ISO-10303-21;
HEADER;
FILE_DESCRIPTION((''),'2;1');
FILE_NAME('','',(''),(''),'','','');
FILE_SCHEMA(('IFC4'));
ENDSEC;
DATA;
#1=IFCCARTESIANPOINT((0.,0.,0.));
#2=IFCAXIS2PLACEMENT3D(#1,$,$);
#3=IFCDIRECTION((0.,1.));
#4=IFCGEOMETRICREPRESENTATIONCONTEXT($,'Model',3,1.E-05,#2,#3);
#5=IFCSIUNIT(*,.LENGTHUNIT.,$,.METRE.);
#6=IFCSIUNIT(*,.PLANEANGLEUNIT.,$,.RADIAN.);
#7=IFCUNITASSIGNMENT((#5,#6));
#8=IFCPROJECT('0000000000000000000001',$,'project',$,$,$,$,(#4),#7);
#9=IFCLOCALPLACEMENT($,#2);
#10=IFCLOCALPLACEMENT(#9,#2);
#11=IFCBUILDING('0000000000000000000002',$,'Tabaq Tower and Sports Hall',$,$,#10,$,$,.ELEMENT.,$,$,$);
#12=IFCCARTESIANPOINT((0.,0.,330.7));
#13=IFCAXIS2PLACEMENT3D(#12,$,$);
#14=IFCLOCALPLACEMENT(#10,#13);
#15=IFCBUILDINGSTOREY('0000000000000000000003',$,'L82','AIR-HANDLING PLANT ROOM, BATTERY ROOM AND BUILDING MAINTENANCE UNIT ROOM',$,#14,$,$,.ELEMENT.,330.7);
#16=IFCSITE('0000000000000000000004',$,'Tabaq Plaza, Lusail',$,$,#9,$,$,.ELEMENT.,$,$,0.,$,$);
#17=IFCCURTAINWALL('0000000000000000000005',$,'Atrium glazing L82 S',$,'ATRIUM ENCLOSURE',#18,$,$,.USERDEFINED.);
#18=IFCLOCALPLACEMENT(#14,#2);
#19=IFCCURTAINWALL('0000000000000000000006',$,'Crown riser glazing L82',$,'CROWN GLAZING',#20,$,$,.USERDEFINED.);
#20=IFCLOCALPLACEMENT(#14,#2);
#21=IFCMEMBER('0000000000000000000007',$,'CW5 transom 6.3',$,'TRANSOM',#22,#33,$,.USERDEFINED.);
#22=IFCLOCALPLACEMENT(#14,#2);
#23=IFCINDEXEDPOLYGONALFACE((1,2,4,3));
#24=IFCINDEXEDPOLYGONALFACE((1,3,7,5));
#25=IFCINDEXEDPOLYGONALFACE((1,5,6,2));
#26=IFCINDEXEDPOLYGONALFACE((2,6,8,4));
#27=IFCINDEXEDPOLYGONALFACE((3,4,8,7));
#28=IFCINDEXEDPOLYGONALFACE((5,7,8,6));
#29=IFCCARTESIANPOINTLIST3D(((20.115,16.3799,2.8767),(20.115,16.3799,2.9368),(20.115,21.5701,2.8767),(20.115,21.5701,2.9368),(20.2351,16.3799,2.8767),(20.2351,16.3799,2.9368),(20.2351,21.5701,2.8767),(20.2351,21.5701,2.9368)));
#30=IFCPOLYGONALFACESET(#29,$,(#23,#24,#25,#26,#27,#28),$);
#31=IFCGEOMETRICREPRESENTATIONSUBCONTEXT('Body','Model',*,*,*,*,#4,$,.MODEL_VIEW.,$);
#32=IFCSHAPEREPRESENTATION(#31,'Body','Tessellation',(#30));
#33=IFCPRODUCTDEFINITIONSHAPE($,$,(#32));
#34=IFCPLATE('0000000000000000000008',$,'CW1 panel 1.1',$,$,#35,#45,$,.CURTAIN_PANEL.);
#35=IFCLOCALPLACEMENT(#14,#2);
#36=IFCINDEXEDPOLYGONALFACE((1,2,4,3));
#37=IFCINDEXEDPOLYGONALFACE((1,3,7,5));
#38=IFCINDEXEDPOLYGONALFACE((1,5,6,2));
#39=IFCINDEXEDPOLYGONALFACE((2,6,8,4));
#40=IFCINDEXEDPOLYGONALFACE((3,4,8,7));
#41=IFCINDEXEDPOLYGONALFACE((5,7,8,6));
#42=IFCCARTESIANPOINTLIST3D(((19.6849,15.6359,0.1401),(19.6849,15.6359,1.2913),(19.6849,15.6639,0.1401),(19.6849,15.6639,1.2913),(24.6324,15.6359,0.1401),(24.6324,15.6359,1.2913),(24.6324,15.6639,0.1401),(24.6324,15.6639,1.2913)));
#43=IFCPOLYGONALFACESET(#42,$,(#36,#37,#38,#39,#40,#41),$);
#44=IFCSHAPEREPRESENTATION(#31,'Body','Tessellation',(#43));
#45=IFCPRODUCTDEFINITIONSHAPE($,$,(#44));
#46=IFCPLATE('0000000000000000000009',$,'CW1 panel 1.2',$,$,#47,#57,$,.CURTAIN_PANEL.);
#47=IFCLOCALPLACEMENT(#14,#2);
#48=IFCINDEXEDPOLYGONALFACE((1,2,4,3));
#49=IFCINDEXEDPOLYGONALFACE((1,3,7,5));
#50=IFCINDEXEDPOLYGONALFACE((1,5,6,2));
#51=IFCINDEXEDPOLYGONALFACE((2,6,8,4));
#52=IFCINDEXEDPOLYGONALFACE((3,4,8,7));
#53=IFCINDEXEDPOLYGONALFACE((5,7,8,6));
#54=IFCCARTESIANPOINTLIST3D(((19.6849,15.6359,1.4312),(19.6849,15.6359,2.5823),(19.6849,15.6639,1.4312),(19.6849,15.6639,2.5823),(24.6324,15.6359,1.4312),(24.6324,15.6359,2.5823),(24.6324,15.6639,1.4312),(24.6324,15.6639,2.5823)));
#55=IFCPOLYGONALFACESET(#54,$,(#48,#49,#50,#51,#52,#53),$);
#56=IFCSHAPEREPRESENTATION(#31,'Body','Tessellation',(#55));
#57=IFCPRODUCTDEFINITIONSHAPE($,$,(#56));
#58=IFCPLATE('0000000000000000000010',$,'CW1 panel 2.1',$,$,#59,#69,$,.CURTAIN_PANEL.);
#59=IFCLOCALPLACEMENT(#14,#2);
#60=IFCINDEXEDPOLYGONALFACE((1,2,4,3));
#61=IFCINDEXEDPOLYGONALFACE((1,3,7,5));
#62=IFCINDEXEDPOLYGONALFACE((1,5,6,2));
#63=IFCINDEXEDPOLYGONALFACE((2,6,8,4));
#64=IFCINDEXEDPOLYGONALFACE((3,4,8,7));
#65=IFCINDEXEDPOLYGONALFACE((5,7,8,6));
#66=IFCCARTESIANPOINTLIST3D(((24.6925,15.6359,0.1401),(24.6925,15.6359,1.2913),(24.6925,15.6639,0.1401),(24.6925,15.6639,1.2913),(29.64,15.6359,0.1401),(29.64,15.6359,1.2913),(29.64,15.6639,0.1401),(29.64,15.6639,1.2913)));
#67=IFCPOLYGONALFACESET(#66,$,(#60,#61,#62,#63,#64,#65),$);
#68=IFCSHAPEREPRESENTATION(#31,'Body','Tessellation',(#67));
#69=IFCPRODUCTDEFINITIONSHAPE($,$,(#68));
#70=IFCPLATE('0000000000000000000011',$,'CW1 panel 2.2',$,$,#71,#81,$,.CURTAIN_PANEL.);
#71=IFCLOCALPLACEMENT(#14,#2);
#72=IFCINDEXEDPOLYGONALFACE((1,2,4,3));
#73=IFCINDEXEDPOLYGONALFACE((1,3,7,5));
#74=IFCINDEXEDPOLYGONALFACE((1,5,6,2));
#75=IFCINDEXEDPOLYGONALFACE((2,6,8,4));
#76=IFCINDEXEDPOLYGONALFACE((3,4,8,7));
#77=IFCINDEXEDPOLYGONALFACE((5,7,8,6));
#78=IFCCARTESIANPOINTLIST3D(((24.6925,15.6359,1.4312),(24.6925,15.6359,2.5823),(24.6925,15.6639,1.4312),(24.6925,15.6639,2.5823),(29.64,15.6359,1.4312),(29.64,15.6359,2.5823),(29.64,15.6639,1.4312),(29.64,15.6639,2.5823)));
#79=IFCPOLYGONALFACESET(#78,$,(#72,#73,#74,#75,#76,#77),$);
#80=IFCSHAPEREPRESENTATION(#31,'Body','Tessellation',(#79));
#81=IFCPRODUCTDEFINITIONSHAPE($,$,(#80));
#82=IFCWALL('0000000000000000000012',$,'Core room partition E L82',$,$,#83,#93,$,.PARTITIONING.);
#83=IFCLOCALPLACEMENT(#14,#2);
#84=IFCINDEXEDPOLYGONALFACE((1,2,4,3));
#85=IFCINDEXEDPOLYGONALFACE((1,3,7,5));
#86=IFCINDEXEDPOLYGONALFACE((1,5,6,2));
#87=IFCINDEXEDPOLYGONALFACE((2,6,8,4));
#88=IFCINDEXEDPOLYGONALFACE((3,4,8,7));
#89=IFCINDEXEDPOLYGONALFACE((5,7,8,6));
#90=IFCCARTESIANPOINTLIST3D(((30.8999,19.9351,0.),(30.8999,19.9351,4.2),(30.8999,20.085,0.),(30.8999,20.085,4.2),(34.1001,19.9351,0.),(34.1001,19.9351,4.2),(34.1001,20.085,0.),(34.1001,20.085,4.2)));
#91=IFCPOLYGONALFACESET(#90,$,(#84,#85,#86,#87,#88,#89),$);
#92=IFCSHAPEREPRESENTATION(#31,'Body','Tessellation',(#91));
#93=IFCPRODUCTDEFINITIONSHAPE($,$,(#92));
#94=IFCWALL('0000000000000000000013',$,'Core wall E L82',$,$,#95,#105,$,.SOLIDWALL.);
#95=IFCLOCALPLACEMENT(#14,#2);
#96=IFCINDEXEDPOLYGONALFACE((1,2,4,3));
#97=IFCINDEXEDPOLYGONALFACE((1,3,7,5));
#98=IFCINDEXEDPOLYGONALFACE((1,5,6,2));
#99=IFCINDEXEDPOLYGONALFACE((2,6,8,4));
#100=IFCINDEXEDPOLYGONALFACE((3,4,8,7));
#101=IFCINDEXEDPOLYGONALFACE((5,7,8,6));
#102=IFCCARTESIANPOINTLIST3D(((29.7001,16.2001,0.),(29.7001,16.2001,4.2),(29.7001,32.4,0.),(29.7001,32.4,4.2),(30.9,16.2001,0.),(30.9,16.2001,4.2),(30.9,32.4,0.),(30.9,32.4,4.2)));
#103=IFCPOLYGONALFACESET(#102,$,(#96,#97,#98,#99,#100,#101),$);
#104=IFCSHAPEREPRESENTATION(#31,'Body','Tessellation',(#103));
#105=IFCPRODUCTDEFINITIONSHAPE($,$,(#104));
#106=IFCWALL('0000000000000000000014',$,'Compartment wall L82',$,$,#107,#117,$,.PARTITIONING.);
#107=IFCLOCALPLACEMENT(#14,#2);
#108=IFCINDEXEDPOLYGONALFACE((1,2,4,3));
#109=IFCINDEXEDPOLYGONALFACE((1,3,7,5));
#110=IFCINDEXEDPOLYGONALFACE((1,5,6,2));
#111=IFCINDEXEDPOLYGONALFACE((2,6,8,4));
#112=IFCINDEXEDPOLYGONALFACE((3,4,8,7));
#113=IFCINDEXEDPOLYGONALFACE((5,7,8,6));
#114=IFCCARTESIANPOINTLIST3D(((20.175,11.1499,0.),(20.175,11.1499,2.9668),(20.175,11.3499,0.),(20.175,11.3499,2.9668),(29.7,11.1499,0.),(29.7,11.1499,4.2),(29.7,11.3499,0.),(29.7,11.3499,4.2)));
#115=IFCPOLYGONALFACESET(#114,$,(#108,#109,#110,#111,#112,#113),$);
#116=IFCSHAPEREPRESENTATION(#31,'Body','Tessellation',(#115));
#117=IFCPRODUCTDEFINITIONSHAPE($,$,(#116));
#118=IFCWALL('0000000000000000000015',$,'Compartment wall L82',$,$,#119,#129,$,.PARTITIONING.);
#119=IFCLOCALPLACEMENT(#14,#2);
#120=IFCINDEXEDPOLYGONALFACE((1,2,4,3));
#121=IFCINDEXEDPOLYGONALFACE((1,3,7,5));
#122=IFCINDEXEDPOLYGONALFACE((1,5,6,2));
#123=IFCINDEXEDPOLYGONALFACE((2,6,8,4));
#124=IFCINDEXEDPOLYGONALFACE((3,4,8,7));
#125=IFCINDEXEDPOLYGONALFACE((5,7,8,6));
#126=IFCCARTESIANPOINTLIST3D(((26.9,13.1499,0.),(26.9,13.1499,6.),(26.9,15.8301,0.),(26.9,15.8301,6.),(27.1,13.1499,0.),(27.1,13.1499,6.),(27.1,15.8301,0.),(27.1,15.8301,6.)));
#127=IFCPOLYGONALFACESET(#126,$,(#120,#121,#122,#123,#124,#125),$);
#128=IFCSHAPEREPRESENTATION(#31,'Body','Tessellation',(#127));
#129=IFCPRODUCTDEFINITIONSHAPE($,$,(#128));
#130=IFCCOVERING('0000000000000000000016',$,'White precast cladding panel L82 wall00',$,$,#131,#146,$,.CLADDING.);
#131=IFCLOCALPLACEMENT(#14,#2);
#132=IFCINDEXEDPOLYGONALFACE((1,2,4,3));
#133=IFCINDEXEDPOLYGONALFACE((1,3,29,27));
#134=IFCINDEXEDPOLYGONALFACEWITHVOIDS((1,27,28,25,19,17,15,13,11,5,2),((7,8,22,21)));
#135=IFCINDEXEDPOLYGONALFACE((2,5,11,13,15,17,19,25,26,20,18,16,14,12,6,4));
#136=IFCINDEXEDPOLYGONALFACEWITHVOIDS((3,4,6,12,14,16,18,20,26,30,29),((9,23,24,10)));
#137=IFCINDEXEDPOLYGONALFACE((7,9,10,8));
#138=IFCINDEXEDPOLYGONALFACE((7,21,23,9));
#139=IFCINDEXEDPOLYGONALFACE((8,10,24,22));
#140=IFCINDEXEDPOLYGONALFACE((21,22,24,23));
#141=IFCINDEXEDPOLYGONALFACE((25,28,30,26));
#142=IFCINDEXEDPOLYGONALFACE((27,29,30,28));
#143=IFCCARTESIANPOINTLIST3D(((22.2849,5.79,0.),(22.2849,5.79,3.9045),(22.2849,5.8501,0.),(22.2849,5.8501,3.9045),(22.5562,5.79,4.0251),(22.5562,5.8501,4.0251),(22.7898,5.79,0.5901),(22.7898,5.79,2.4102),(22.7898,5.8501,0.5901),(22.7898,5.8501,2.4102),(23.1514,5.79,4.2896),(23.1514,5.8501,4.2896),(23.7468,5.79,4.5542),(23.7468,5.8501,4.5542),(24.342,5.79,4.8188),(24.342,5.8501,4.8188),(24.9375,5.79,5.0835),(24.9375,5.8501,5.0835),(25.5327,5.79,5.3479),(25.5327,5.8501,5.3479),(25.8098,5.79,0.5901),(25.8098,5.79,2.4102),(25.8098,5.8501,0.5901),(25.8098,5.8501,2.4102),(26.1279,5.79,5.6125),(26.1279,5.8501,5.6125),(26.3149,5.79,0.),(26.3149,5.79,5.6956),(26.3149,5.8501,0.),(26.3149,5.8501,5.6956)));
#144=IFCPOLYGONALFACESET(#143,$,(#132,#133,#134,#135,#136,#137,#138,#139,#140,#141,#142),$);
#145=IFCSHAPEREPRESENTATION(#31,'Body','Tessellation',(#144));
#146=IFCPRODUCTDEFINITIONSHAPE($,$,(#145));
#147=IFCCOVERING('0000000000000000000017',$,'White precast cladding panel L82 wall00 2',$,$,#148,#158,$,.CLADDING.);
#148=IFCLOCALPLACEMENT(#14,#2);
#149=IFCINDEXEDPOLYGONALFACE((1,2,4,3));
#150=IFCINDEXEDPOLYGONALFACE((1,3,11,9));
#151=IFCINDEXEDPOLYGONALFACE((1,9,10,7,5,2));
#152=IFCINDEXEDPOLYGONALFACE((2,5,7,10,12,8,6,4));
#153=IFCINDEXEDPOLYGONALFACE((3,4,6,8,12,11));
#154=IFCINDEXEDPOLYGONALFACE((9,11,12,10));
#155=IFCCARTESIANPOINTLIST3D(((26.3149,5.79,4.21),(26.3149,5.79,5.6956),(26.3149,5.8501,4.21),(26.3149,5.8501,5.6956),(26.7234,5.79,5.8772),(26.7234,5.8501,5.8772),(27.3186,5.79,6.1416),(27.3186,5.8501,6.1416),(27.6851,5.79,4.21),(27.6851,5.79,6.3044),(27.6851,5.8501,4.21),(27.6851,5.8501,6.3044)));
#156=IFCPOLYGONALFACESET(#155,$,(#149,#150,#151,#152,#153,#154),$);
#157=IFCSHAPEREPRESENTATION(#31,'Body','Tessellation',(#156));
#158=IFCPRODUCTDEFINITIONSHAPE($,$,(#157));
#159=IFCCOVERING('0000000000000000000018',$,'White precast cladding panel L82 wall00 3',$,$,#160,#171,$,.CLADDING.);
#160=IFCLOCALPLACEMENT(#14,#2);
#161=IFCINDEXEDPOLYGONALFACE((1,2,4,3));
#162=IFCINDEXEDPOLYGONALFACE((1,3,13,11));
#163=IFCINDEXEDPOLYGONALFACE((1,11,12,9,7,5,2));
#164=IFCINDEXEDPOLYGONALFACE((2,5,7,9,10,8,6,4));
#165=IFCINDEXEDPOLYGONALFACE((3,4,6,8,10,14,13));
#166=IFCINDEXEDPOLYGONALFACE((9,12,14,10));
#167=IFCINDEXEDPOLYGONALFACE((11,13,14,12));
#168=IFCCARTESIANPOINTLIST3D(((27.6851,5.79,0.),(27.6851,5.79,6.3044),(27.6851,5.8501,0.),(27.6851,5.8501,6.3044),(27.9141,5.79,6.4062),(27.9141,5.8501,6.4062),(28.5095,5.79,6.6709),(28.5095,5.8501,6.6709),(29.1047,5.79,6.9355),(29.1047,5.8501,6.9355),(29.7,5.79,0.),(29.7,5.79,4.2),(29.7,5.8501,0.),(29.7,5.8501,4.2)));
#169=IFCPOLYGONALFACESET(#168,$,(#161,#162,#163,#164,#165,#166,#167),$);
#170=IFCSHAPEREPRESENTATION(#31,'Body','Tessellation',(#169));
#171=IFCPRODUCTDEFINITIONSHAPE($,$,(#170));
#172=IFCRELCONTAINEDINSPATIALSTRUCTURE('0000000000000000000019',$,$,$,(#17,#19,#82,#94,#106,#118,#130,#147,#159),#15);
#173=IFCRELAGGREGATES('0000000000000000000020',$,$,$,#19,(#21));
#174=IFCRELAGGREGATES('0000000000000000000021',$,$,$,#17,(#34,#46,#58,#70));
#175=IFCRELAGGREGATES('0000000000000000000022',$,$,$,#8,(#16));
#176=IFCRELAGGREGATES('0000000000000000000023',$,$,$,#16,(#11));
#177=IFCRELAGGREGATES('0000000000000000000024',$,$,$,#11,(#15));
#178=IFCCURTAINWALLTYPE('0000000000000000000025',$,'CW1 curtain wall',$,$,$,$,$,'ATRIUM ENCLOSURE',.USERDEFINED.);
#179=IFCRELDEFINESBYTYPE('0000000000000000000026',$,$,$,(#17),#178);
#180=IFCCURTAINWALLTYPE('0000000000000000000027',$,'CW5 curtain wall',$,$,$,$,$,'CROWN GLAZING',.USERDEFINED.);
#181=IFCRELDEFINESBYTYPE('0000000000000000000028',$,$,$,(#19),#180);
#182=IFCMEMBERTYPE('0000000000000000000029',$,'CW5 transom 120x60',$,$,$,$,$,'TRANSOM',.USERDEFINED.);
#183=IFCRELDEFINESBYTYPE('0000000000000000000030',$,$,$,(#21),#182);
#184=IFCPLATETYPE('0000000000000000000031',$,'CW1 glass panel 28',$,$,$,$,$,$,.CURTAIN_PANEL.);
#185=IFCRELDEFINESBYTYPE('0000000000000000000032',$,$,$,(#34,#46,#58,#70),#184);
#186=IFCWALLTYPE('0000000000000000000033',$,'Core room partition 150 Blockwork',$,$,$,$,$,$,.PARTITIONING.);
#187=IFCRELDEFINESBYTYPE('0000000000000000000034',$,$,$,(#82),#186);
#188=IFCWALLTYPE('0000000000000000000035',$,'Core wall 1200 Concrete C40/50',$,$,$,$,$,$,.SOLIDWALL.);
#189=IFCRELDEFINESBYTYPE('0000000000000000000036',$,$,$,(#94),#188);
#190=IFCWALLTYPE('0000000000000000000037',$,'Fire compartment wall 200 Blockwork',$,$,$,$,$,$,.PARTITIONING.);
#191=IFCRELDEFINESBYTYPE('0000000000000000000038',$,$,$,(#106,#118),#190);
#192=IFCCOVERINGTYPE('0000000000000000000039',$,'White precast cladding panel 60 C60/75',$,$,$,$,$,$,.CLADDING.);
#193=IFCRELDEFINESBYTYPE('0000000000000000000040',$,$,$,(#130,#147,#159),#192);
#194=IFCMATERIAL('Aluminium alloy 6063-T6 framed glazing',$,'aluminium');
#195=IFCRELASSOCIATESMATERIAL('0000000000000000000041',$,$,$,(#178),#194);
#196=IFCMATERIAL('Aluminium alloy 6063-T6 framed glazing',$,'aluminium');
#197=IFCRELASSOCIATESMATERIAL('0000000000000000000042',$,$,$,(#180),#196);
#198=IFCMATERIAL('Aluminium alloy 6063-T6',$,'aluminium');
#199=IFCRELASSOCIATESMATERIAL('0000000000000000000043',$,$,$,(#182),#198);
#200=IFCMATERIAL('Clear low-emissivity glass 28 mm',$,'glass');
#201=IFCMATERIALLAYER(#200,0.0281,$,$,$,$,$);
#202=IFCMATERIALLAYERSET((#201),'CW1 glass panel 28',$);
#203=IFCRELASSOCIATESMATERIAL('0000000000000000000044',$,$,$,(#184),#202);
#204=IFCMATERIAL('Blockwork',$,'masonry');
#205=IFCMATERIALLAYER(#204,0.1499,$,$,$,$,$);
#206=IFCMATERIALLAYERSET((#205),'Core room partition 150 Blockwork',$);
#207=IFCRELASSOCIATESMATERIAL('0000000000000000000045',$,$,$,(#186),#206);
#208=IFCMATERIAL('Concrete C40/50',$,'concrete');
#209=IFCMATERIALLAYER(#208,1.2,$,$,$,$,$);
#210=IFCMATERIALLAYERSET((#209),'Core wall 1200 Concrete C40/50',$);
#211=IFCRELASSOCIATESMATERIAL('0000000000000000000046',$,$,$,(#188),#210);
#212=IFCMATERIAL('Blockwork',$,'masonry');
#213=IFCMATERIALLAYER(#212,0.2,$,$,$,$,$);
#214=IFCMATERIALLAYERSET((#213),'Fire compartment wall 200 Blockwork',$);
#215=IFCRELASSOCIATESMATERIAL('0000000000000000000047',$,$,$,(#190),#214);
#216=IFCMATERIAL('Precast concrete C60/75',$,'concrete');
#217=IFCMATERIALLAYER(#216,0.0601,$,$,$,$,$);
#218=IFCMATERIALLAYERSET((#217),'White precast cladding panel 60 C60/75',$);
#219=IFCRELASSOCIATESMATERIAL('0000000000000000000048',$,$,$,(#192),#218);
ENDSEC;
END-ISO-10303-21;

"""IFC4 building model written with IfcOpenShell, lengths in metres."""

from ifc_helpers import new_model, si_unit, direction, frame, frame_2d, origin, origin_2d, place, context, subcontext, project, spatial, polyline, rectangle, outline, extrude, material, layer, layer_set, material_profile, profile_set, type_object, element, aggregate, save


model = new_model("IFC4")

# Units and contexts
model_context = context("Model", 3, precision=1e-05, world=origin(), true_north=direction((0.0, 1.0)))
body_context = subcontext(model_context, "Body", "Model", "MODEL_VIEW")
ifc_project = project(units=[si_unit("LENGTHUNIT", "METRE"), si_unit("PLANEANGLEUNIT", "RADIAN")], contexts=[model_context])

# Site, building, storey
site_placement = place(None, origin())
site = spatial("IfcSite", under=ifc_project, at=site_placement, Name="Tabaq Plaza, Lusail", CompositionType="ELEMENT", RefElevation=0.0)
building_placement = place(site_placement, origin())
building = spatial("IfcBuilding", under=site, at=building_placement, Name="Tabaq Tower and Sports Hall", CompositionType="ELEMENT")
storey_placement = place(building_placement, frame((0.0, 0.0, 330.7)))
storey = spatial("IfcBuildingStorey", under=building, at=storey_placement, Name="L82", Description="AIR-HANDLING PLANT ROOM, BATTERY ROOM AND BUILDING MAINTENANCE UNIT ROOM", CompositionType="ELEMENT", Elevation=330.7)

# Curtain walls, member
ifc_material_1 = material(Name="Aluminium alloy 6063-T6 framed glazing", Category="aluminium")
curtain_wall_type_1 = type_object("IfcCurtainWallType", Name="CW1 curtain wall", ElementType="ATRIUM ENCLOSURE", PredefinedType="USERDEFINED", material=ifc_material_1)
curtain_wall_1_placement = place(storey_placement, origin())
curtain_wall_1 = element("IfcCurtainWall", 1, at=curtain_wall_1_placement, inside=storey, type_object=curtain_wall_type_1, Name="Atrium glazing L82 S", ObjectType="ATRIUM ENCLOSURE", PredefinedType="USERDEFINED")
ifc_material_2 = material(Name="Aluminium alloy 6063-T6 framed glazing", Category="aluminium")
curtain_wall_type_2 = type_object("IfcCurtainWallType", Name="CW5 curtain wall", ElementType="CROWN GLAZING", PredefinedType="USERDEFINED", material=ifc_material_2)
curtain_wall_2_placement = place(storey_placement, origin())
curtain_wall_2 = element("IfcCurtainWall", 2, at=curtain_wall_2_placement, inside=storey, type_object=curtain_wall_type_2, Name="Crown riser glazing L82", ObjectType="CROWN GLAZING", PredefinedType="USERDEFINED")
ifc_material_3 = material(Name="Aluminium alloy 6063-T6", Category="aluminium")
ifc_material_profile_1 = material_profile(ifc_material_3, rectangle(XDim=0.1201, YDim=0.0601, at=origin_2d()), Name="TRANSOM 120x60")
ifc_profile_set_1 = profile_set([ifc_material_profile_1], Name="Aluminium alloy 6063-T6")
member_type_1 = type_object("IfcMemberType", Name="CW5 transom 120x60", ElementType="TRANSOM", PredefinedType="USERDEFINED", material=ifc_profile_set_1)
member_1_placement = place(storey_placement, frame((20.175, 21.5701, 2.9067), z_axis=(0.0, -1.0, 0.0), x_axis=(1.0, 0.0, 0.0)))
member_1 = element("IfcMember", 3, at=member_1_placement, type_object=member_type_1, Name="CW5 transom 6.3", ObjectType="TRANSOM", PredefinedType="USERDEFINED", context=body_context, shape_type="SweptSolid", body=[
    extrude(rectangle(XDim=0.1201, YDim=0.0601, at=origin_2d()), origin(), (0.0, 0.0, 1.0), 5.1902),
])
aggregate(curtain_wall_2, [member_1])

# Plates
ifc_material_4 = material(Name="Clear low-emissivity glass 28 mm", Category="glass")
ifc_layer_1 = layer(ifc_material_4, 0.0281)
ifc_layer_set_1 = layer_set([ifc_layer_1], Name="CW1 glass panel 28")
plate_type = type_object("IfcPlateType", Name="CW1 glass panel 28", PredefinedType="CURTAIN_PANEL", material=ifc_layer_set_1)
plate_1_placement = place(storey_placement, frame((22.1587, 15.6499, 0.1401), z_axis=(0.0, 0.0, 1.0), x_axis=(1.0, 0.0, 0.0)))
plate_1 = element("IfcPlate", 4, at=plate_1_placement, type_object=plate_type, Name="CW1 panel 1.1", PredefinedType="CURTAIN_PANEL", context=body_context, shape_type="SweptSolid", body=[
    extrude(rectangle(XDim=4.9475, YDim=0.0281, at=origin_2d()), origin(), (0.0, 0.0, 1.0), 1.1511),
])
plate_2_placement = place(storey_placement, frame((22.1587, 15.6499, 1.4312), z_axis=(0.0, 0.0, 1.0), x_axis=(1.0, 0.0, 0.0)))
plate_2 = element("IfcPlate", 5, at=plate_2_placement, type_object=plate_type, Name="CW1 panel 1.2", PredefinedType="CURTAIN_PANEL", context=body_context, shape_type="SweptSolid", body=[
    extrude(rectangle(XDim=4.9475, YDim=0.0281, at=origin_2d()), origin(), (0.0, 0.0, 1.0), 1.1511),
])
plate_3_placement = place(storey_placement, frame((27.1663, 15.6499, 0.1401), z_axis=(0.0, 0.0, 1.0), x_axis=(1.0, 0.0, 0.0)))
plate_3 = element("IfcPlate", 6, at=plate_3_placement, type_object=plate_type, Name="CW1 panel 2.1", PredefinedType="CURTAIN_PANEL", context=body_context, shape_type="SweptSolid", body=[
    extrude(rectangle(XDim=4.9475, YDim=0.0281, at=origin_2d()), origin(), (0.0, 0.0, 1.0), 1.1511),
])
plate_4_placement = place(storey_placement, frame((27.1663, 15.6499, 1.4312), z_axis=(0.0, 0.0, 1.0), x_axis=(1.0, 0.0, 0.0)))
plate_4 = element("IfcPlate", 7, at=plate_4_placement, type_object=plate_type, Name="CW1 panel 2.2", PredefinedType="CURTAIN_PANEL", context=body_context, shape_type="SweptSolid", body=[
    extrude(rectangle(XDim=4.9475, YDim=0.0281, at=origin_2d()), origin(), (0.0, 0.0, 1.0), 1.1511),
])
aggregate(curtain_wall_1, [plate_1, plate_2, plate_3, plate_4])

# Walls
ifc_material_5 = material(Name="Blockwork", Category="masonry")
ifc_layer_2 = layer(ifc_material_5, 0.1499)
ifc_layer_set_2 = layer_set([ifc_layer_2], Name="Core room partition 150 Blockwork")
wall_type_1 = type_object("IfcWallType", Name="Core room partition 150 Blockwork", PredefinedType="PARTITIONING", material=ifc_layer_set_2)
wall_1_placement = place(storey_placement, frame((30.8999, 20.01, 0.0), z_axis=(0.0, 0.0, 1.0), x_axis=(1.0, 0.0, 0.0)))
element("IfcWall", 8, at=wall_1_placement, inside=storey, type_object=wall_type_1, Name="Core room partition E L82", PredefinedType="PARTITIONING", context=body_context, shape_type="SweptSolid", body=[
    extrude(rectangle(XDim=3.2002, YDim=0.1499, at=frame_2d((1.6001, 0.0))), origin(), (0.0, 0.0, 1.0), 4.2),
])
ifc_material_6 = material(Name="Concrete C40/50", Category="concrete")
ifc_layer_3 = layer(ifc_material_6, 1.2)
ifc_layer_set_3 = layer_set([ifc_layer_3], Name="Core wall 1200 Concrete C40/50")
wall_type_2 = type_object("IfcWallType", Name="Core wall 1200 Concrete C40/50", PredefinedType="SOLIDWALL", material=ifc_layer_set_3)
wall_2_placement = place(storey_placement, frame((30.3, 16.2, 0.0), z_axis=(0.0, 0.0, 1.0), x_axis=(0.0, 1.0, 0.0)))
element("IfcWall", 9, at=wall_2_placement, inside=storey, type_object=wall_type_2, Name="Core wall E L82", PredefinedType="SOLIDWALL", context=body_context, shape_type="SweptSolid", body=[
    extrude(rectangle(XDim=16.2, YDim=1.2, at=frame_2d((8.1001, 0.0))), origin(), (0.0, 0.0, 1.0), 4.2),
])
ifc_material_7 = material(Name="Blockwork", Category="masonry")
ifc_layer_4 = layer(ifc_material_7, 0.2)
ifc_layer_set_4 = layer_set([ifc_layer_4], Name="Fire compartment wall 200 Blockwork")
wall_type_3 = type_object("IfcWallType", Name="Fire compartment wall 200 Blockwork", PredefinedType="PARTITIONING", material=ifc_layer_set_4)
wall_3_placement = place(storey_placement, frame((29.7, 11.25, 0.0), z_axis=(0.0, 0.0, 1.0), x_axis=(-1.0, 0.0, 0.0)))
element("IfcWall", 10, at=wall_3_placement, inside=storey, type_object=wall_type_3, Name="Compartment wall L82", PredefinedType="PARTITIONING", context=body_context, shape_type="SweptSolid", body=[
    extrude(outline(polyline([(0.0, 0.0), (9.5249, 0.0), (9.5249, 2.9668), (0.0, 4.2), (0.0, 0.0)])), frame((0.0, 0.1001, 0.0), z_axis=(0.0, -1.0, 0.0), x_axis=(1.0, 0.0, 0.0)), (0.0, 0.0, 1.0), 0.2),
])
wall_4_placement = place(storey_placement, frame((27.0, 15.8301, 0.0), z_axis=(0.0, 0.0, 1.0), x_axis=(0.0, -1.0, 0.0)))
element("IfcWall", 11, at=wall_4_placement, inside=storey, type_object=wall_type_3, Name="Compartment wall L82", PredefinedType="PARTITIONING", context=body_context, shape_type="SweptSolid", body=[
    extrude(rectangle(XDim=2.6802, YDim=0.2, at=frame_2d((1.3401, 0.0))), origin(), (0.0, 0.0, 1.0), 6.0),
])

# Coverings
ifc_material_8 = material(Name="Precast concrete C60/75", Category="concrete")
ifc_layer_5 = layer(ifc_material_8, 0.0601)
ifc_layer_set_5 = layer_set([ifc_layer_5], Name="White precast cladding panel 60 C60/75")
covering_type = type_object("IfcCoveringType", Name="White precast cladding panel 60 C60/75", PredefinedType="CLADDING", material=ifc_layer_set_5)
covering_1_placement = place(storey_placement, frame((22.2849, 5.8201, 0.0), z_axis=(0.0, 0.0, 1.0), x_axis=(1.0, 0.0, 0.0)))
element("IfcCovering", 12, at=covering_1_placement, inside=storey, type_object=covering_type, Name="White precast cladding panel L82 wall00", PredefinedType="CLADDING", context=body_context, shape_type="SweptSolid", body=[
    extrude(outline(polyline([(0.0, 0.0), (4.03, 0.0), (4.03, 5.6956), (3.843, 5.6125), (3.2478, 5.3479), (2.6526, 5.0835), (2.0571, 4.8188), (1.4619, 4.5542), (0.8665, 4.2896), (0.2712, 4.0251), (0.0, 3.9045), (0.0, 0.0)]), holes=[polyline([(0.5049, 0.5901), (0.5049, 2.4102), (3.5249, 2.4102), (3.5249, 0.5901), (0.5049, 0.5901)])]), frame((0.0, 0.03, 0.0), z_axis=(0.0, -1.0, 0.0), x_axis=(1.0, 0.0, 0.0)), (0.0, 0.0, 1.0), 0.0601),
])
covering_2_placement = place(storey_placement, frame((26.3149, 5.8201, 4.21), z_axis=(0.0, 0.0, 1.0), x_axis=(1.0, 0.0, 0.0)))
element("IfcCovering", 13, at=covering_2_placement, inside=storey, type_object=covering_type, Name="White precast cladding panel L82 wall00 2", PredefinedType="CLADDING", context=body_context, shape_type="SweptSolid", body=[
    extrude(outline(polyline([(0.0, 0.0), (1.3701, 0.0), (1.3701, 2.0945), (1.0037, 1.9316), (0.4084, 1.6672), (0.0, 1.4856), (0.0, 0.0)])), frame((0.0, 0.03, 0.0), z_axis=(0.0, -1.0, 0.0), x_axis=(1.0, 0.0, 0.0)), (0.0, 0.0, 1.0), 0.0601),
])
covering_3_placement = place(storey_placement, frame((27.6851, 5.8201, 0.0), z_axis=(0.0, 0.0, 1.0), x_axis=(1.0, 0.0, 0.0)))
element("IfcCovering", 14, at=covering_3_placement, inside=storey, type_object=covering_type, Name="White precast cladding panel L82 wall00 3", PredefinedType="CLADDING", context=body_context, shape_type="SweptSolid", body=[
    extrude(outline(polyline([(0.0, 0.0), (2.0149, 0.0), (2.0149, 4.2), (1.4197, 6.9355), (0.8245, 6.6709), (0.229, 6.4062), (0.0, 6.3044), (0.0, 0.0)])), frame((0.0, 0.03, 0.0), z_axis=(0.0, -1.0, 0.0), x_axis=(1.0, 0.0, 0.0)), (0.0, 0.0, 1.0), 0.0601),
])

save(model, "model.ifc")
